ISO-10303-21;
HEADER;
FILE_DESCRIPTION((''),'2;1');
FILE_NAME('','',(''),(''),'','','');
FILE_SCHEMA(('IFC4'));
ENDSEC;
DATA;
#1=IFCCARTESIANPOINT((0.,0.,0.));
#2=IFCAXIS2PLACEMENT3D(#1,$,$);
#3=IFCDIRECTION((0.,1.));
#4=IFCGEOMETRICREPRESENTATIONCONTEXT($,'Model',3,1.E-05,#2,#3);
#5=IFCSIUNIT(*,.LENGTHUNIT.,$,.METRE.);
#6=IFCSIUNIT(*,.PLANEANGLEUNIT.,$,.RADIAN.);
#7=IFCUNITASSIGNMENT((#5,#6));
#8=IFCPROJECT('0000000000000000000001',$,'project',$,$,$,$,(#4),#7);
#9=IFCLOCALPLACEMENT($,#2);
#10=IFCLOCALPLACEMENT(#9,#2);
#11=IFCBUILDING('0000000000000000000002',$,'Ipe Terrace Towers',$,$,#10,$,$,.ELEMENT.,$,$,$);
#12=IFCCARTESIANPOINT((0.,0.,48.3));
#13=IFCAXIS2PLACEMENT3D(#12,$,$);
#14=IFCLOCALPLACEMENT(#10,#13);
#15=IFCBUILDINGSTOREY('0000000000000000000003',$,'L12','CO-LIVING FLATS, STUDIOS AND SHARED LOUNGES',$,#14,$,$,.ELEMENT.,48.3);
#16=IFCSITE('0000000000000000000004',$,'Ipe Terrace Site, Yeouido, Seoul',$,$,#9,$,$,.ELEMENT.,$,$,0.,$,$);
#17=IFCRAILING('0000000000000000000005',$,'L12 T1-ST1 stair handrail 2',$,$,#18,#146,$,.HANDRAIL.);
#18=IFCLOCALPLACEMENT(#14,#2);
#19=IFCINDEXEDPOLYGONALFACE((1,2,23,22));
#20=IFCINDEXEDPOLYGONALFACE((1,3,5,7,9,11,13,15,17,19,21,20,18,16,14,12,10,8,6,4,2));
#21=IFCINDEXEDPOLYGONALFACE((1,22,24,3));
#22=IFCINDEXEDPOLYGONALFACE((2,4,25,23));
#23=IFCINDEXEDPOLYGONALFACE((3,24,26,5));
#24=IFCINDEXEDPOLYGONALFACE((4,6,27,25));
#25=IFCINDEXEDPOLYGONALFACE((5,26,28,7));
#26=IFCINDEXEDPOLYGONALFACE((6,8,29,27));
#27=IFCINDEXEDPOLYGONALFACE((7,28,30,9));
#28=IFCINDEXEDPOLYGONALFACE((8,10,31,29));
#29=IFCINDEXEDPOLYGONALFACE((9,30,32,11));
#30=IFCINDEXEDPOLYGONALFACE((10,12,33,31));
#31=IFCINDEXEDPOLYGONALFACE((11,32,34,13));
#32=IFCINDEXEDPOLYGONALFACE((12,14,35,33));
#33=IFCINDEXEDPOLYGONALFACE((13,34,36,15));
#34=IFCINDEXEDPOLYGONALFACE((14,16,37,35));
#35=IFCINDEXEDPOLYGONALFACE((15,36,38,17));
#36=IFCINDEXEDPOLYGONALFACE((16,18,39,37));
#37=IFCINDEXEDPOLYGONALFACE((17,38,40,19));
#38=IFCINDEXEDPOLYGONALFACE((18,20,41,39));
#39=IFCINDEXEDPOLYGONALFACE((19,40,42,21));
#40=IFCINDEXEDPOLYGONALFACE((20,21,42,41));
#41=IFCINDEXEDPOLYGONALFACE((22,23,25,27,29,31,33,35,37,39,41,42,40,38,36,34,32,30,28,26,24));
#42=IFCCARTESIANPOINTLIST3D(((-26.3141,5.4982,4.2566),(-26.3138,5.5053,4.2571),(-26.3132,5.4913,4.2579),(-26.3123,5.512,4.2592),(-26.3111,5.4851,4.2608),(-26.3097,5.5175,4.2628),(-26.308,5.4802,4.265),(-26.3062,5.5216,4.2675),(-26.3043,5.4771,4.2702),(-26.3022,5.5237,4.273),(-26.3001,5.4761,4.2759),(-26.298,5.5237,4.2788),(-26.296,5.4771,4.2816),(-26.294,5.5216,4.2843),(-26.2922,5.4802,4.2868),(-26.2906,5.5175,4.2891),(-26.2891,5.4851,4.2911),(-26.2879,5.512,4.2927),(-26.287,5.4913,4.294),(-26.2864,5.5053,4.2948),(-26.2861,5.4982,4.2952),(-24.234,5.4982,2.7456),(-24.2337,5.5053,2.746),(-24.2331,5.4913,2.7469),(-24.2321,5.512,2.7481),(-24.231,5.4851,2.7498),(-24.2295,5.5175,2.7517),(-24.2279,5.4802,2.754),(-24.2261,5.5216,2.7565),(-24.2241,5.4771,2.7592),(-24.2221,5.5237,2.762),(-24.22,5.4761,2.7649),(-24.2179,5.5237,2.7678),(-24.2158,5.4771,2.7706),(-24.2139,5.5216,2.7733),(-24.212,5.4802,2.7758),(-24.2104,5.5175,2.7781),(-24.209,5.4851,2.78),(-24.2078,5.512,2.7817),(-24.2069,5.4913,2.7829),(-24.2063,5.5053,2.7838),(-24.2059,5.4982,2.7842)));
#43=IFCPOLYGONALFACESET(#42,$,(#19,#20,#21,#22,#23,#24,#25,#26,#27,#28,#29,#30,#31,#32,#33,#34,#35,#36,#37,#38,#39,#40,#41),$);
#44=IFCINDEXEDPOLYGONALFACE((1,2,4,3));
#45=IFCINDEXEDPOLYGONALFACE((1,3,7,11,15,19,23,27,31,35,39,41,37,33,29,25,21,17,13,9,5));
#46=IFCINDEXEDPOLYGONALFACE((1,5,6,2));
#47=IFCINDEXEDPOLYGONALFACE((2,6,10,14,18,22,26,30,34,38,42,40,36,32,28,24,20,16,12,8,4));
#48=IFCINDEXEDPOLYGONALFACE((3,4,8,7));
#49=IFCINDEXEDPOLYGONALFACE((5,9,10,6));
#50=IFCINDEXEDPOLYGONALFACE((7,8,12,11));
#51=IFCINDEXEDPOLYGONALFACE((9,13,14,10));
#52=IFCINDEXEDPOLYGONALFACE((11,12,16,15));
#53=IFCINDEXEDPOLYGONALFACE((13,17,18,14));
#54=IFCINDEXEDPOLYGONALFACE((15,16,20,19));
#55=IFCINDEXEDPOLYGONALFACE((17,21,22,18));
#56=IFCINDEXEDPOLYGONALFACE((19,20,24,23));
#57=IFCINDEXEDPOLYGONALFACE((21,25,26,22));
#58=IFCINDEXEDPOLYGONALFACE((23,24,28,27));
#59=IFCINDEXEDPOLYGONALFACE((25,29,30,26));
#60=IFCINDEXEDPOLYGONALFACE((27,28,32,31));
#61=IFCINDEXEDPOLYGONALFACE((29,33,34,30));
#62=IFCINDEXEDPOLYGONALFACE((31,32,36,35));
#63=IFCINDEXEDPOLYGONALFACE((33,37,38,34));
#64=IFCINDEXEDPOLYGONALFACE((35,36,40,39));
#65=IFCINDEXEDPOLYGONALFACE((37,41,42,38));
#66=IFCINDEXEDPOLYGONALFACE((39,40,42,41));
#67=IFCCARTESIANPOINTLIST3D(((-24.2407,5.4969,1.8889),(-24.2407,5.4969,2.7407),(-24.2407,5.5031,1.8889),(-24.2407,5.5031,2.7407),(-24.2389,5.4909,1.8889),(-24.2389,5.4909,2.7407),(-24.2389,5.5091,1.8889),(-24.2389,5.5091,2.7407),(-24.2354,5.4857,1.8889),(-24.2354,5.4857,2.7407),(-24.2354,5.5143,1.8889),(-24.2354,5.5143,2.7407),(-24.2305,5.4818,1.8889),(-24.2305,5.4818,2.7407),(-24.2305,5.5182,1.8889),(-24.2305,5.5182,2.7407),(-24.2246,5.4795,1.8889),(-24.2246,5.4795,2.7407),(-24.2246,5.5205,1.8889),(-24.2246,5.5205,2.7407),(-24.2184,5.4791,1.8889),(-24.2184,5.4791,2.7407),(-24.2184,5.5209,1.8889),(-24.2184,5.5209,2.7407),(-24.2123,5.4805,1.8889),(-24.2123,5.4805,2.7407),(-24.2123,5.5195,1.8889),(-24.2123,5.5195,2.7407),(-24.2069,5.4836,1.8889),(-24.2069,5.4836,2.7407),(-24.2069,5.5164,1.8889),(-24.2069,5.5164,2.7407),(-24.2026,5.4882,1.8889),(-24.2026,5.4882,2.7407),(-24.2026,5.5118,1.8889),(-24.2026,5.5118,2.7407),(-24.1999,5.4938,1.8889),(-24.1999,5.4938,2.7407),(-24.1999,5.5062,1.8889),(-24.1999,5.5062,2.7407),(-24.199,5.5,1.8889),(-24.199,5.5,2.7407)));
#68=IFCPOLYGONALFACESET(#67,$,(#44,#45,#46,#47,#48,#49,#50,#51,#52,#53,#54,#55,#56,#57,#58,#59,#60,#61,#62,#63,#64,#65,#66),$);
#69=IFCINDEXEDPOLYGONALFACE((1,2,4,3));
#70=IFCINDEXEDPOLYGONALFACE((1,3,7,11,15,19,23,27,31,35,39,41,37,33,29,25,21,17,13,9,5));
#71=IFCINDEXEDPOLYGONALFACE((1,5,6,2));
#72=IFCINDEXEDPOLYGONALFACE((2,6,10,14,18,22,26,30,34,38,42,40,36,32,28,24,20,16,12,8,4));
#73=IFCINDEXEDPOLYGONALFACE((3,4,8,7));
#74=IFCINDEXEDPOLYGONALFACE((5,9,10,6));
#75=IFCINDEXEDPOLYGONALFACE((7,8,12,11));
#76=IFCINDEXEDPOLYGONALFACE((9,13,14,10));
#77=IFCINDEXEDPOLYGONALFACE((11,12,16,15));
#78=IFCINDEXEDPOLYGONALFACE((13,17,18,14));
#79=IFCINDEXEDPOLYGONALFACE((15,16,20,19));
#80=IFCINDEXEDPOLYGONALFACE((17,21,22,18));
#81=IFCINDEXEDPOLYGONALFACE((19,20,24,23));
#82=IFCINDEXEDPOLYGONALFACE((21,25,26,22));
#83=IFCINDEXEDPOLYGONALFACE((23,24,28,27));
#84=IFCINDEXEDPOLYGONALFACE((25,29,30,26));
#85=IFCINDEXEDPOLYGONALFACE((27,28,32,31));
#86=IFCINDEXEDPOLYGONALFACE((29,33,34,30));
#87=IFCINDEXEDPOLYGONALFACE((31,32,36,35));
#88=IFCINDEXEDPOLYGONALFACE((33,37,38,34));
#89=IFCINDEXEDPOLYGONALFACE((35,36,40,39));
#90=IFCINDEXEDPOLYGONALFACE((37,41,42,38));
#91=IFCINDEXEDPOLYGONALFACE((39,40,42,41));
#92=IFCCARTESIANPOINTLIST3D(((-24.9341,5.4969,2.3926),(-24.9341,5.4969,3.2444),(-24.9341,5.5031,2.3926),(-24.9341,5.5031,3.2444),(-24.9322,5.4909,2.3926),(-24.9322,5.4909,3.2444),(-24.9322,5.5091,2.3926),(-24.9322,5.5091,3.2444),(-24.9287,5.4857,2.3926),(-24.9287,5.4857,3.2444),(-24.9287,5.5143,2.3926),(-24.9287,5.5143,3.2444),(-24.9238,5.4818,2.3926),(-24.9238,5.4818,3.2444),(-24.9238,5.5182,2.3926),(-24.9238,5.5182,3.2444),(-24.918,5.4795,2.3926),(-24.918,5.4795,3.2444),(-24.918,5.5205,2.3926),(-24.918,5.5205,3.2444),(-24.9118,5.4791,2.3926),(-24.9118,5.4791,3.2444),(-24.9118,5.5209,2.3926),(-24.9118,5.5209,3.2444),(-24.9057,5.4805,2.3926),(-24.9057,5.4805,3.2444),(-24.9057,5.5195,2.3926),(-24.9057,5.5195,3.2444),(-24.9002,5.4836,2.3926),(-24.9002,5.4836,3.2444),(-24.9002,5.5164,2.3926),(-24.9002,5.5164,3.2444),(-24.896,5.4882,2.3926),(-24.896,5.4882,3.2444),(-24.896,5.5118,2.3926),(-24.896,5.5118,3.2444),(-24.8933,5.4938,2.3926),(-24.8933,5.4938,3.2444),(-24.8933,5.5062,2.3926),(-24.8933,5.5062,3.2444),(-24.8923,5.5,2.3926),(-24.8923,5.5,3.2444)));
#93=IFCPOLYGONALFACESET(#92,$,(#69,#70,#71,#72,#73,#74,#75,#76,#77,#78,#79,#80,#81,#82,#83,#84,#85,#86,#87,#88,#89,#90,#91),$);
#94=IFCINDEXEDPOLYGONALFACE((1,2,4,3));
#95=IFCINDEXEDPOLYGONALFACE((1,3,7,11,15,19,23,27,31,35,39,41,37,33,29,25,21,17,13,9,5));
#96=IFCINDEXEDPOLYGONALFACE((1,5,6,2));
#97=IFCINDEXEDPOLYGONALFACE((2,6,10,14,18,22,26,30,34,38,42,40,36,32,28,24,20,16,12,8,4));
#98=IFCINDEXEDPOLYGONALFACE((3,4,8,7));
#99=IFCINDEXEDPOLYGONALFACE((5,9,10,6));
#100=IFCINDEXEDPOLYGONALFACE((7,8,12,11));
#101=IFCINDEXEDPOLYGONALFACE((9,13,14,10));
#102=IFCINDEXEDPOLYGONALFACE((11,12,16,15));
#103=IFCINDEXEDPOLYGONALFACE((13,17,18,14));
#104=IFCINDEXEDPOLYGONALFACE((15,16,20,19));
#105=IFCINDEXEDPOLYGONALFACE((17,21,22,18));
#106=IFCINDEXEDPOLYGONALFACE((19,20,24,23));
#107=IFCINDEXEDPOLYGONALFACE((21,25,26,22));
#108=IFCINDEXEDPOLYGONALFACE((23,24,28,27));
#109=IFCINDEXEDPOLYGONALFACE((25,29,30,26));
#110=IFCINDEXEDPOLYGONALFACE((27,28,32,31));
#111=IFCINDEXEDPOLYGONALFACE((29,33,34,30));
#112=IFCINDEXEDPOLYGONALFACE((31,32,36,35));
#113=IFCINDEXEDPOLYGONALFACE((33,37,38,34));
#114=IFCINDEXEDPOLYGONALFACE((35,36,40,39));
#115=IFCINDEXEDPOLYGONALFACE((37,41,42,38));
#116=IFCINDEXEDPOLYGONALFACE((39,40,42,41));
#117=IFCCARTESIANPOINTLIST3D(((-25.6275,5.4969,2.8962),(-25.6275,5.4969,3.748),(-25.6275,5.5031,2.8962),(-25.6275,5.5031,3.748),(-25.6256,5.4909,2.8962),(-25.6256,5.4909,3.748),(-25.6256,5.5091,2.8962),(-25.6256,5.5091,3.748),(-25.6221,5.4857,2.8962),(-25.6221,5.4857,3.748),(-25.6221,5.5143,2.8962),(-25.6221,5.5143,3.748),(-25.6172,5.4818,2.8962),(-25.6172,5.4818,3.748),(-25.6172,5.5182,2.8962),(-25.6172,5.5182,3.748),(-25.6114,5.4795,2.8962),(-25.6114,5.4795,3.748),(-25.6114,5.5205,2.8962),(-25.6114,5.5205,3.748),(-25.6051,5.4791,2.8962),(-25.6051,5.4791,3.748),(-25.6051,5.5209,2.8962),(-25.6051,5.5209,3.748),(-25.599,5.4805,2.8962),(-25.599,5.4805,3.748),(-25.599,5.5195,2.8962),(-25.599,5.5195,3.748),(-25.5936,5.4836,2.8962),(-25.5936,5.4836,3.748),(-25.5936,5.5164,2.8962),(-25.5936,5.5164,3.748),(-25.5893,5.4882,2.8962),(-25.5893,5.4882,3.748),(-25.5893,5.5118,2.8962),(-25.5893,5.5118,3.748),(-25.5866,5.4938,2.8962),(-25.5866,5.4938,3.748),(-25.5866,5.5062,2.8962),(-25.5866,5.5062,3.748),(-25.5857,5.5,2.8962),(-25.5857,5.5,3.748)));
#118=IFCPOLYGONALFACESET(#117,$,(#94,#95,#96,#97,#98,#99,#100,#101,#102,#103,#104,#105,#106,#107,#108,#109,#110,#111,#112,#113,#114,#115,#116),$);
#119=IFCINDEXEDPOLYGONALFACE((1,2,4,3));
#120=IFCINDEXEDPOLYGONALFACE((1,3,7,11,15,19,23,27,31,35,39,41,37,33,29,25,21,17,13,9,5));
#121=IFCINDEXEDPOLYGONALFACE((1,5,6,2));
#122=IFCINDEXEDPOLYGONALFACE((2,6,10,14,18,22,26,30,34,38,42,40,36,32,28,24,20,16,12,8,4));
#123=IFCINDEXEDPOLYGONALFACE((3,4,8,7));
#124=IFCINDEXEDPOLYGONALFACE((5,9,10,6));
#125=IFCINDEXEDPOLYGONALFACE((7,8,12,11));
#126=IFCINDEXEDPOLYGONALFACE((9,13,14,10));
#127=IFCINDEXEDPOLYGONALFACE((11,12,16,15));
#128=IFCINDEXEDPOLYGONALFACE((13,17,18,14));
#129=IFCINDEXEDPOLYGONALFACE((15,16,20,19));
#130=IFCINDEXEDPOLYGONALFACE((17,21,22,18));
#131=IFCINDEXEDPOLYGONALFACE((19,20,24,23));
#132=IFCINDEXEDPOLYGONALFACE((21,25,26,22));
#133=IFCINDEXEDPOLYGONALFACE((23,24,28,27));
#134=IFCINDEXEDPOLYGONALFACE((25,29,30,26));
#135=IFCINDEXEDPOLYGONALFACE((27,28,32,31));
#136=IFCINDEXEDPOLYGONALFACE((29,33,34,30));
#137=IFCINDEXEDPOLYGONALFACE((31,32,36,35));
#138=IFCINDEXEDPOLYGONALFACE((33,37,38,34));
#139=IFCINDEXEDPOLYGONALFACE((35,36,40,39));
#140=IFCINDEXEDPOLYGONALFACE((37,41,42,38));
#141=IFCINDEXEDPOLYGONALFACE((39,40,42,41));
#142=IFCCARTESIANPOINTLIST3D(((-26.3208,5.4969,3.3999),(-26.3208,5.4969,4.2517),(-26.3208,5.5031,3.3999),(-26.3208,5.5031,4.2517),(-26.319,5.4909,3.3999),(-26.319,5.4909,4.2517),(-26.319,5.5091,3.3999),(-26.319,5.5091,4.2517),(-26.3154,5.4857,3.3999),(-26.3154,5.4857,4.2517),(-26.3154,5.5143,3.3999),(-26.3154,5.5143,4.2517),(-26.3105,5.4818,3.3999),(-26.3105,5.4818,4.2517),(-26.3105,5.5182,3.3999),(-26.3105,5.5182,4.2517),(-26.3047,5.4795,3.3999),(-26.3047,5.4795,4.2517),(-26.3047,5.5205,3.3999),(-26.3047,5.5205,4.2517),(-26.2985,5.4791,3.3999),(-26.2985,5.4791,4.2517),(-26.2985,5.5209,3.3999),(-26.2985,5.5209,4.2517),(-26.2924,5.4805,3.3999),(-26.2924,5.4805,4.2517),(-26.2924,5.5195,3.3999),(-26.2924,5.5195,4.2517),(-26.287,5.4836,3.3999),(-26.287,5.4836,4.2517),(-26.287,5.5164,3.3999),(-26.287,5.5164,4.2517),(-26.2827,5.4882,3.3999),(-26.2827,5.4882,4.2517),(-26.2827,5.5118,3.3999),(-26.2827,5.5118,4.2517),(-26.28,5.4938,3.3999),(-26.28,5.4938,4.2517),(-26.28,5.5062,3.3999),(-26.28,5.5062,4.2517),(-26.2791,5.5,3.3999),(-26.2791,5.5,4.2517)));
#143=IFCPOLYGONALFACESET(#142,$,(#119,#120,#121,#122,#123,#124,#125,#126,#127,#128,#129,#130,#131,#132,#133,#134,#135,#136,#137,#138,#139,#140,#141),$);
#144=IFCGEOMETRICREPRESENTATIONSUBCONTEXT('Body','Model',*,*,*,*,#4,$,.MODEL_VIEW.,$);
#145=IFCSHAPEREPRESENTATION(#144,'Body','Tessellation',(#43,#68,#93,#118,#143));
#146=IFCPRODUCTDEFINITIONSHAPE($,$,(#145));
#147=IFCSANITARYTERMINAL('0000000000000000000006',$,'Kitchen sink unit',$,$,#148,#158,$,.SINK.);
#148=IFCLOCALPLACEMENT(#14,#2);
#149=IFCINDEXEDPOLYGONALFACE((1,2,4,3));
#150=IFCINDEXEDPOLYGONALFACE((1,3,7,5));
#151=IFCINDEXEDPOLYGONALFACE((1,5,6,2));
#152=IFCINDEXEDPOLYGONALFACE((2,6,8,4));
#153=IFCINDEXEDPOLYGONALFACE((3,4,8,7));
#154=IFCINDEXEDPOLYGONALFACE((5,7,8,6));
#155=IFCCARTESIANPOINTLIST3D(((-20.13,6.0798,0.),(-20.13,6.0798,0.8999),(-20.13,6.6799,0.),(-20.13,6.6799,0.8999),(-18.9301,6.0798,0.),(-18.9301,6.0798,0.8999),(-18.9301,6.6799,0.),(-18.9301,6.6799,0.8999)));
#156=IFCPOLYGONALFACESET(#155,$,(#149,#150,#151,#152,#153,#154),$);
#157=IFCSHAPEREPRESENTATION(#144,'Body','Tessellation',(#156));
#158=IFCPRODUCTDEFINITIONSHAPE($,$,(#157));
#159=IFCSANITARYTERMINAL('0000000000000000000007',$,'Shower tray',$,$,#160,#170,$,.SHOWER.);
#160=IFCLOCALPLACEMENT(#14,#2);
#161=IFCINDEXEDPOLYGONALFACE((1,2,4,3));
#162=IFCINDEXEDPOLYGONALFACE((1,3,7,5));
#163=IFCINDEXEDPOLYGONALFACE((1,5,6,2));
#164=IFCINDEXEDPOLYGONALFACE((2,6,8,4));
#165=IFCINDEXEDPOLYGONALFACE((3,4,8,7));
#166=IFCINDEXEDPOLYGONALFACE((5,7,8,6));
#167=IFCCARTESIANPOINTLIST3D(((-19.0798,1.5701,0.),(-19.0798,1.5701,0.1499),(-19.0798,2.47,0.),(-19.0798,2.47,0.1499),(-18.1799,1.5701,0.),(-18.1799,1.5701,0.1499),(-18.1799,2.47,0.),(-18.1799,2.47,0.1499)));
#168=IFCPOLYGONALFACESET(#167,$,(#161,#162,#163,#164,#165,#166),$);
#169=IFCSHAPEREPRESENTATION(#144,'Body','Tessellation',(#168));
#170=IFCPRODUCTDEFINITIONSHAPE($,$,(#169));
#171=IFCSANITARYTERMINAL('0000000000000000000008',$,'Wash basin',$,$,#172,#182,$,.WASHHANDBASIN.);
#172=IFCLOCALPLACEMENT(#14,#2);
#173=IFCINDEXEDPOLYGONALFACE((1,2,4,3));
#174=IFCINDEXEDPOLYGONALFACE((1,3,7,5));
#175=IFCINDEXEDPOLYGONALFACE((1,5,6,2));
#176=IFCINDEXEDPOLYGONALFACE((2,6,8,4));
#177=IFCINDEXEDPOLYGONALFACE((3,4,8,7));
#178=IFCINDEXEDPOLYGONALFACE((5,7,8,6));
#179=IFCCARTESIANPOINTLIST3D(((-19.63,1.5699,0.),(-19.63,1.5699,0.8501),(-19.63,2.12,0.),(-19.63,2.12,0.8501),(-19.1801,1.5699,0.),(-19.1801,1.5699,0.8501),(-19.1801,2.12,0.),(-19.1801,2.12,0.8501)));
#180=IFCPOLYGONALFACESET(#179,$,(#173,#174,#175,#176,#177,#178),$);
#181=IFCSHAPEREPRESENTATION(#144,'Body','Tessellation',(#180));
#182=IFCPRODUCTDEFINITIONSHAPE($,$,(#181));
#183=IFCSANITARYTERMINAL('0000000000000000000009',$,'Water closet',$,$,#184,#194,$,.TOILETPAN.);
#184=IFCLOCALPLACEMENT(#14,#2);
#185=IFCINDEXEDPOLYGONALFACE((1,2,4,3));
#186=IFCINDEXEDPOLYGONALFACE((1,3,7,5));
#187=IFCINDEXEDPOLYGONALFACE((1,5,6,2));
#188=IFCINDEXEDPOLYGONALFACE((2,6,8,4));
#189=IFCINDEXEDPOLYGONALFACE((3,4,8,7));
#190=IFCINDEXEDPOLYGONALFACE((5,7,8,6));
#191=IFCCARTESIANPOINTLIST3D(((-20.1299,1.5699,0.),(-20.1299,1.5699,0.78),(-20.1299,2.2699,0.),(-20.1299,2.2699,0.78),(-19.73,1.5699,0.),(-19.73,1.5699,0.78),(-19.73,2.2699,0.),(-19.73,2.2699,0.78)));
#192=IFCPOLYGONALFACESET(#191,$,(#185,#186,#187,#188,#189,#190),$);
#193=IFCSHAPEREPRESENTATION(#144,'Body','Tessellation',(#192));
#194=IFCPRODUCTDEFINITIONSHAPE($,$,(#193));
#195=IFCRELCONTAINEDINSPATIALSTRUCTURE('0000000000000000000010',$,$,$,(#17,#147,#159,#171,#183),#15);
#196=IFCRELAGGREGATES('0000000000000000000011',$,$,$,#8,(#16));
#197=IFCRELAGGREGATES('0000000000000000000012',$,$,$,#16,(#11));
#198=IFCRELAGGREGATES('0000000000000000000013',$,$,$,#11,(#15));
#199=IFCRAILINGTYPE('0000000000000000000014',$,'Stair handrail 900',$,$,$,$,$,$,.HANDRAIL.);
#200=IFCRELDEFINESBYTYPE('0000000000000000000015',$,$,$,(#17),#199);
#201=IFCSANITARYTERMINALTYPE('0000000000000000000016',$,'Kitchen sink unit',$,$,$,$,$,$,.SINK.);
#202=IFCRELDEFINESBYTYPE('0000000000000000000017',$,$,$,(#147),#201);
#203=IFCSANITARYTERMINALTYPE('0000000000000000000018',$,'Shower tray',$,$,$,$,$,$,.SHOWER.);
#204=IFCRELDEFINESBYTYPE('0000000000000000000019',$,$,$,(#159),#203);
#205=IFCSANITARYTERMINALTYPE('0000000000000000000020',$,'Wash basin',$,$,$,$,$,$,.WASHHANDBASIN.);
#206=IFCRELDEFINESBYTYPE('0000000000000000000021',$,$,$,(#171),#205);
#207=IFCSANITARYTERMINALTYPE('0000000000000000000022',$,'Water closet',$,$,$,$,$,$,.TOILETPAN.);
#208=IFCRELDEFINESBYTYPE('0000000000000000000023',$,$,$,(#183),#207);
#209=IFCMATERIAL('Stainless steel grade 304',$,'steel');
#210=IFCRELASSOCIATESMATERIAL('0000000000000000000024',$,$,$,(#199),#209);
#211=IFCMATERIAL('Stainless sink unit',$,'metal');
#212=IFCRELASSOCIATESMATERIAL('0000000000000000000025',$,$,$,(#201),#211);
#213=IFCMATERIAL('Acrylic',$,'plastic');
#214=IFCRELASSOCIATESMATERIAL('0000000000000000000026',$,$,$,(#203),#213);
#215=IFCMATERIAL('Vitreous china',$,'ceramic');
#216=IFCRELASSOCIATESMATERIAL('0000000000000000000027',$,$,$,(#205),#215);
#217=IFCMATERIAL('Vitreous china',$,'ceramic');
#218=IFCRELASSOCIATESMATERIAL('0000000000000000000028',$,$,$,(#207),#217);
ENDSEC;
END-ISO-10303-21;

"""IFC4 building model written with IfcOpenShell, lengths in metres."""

from ifc_helpers import new_model, si_unit, direction, frame, origin, origin_2d, place, context, subcontext, project, spatial, rectangle, circle, extrude, material, type_object, element, save


model = new_model("IFC4")

# Units and contexts
model_context = context("Model", 3, precision=1e-05, world=origin(), true_north=direction((0.0, 1.0)))
body_context = subcontext(model_context, "Body", "Model", "MODEL_VIEW")
ifc_project = project(units=[si_unit("LENGTHUNIT", "METRE"), si_unit("PLANEANGLEUNIT", "RADIAN")], contexts=[model_context])

# Site, building, storey
site_placement = place(None, origin())
site = spatial("IfcSite", under=ifc_project, at=site_placement, Name="Ipe Terrace Site, Yeouido, Seoul", CompositionType="ELEMENT", RefElevation=0.0)
building_placement = place(site_placement, origin())
building = spatial("IfcBuilding", under=site, at=building_placement, Name="Ipe Terrace Towers", CompositionType="ELEMENT")
storey_placement = place(building_placement, frame((0.0, 0.0, 48.3)))
storey = spatial("IfcBuildingStorey", under=building, at=storey_placement, Name="L12", Description="CO-LIVING FLATS, STUDIOS AND SHARED LOUNGES", CompositionType="ELEMENT", Elevation=48.3)

# Railing
ifc_material_1 = material(Name="Stainless steel grade 304", Category="steel")
railing_type = type_object("IfcRailingType", Name="Stair handrail 900", PredefinedType="HANDRAIL", material=ifc_material_1)
railing_1_placement = place(storey_placement, frame((-24.22, 5.5, 1.8889)))
element("IfcRailing", 1, at=railing_1_placement, inside=storey, type_object=railing_type, Name="L12 T1-ST1 stair handrail 2", PredefinedType="HANDRAIL", context=body_context, shape_type="SweptSolid", body=[
    extrude(circle(Radius=0.0239, at=origin_2d()), frame((0.0, 0.0, 0.876), z_axis=(-0.809069, 0.0, 0.587714), x_axis=(0.0, -1.0, 0.0)), (0.0, 0.0, 1.0), 2.571),
    extrude(circle(Radius=0.021, at=origin_2d()), origin(), (0.0, 0.0, 1.0), 0.8518),
    extrude(circle(Radius=0.021, at=origin_2d()), frame((-0.6934, 0.0, 0.5037)), (0.0, 0.0, 1.0), 0.8518),
    extrude(circle(Radius=0.021, at=origin_2d()), frame((-1.3867, 0.0, 1.0073)), (0.0, 0.0, 1.0), 0.8518),
    extrude(circle(Radius=0.021, at=origin_2d()), frame((-2.0801, 0.0, 1.511)), (0.0, 0.0, 1.0), 0.8518),
])

# Sanitary terminals
ifc_material_2 = material(Name="Stainless sink unit", Category="metal")
sanitary_terminal_type_1 = type_object("IfcSanitaryTerminalType", Name="Kitchen sink unit", PredefinedType="SINK", material=ifc_material_2)
sanitary_terminal_1_placement = place(storey_placement, frame((-19.53, 6.3799, 0.0), z_axis=(0.0, 0.0, 1.0), x_axis=(1.0, 0.0, 0.0)))
element("IfcSanitaryTerminal", 2, at=sanitary_terminal_1_placement, inside=storey, type_object=sanitary_terminal_type_1, Name="Kitchen sink unit", PredefinedType="SINK", context=body_context, shape_type="SweptSolid", body=[
    extrude(rectangle(XDim=1.2, YDim=0.6001, at=origin_2d()), origin(), (0.0, 0.0, 1.0), 0.8999),
])
ifc_material_3 = material(Name="Acrylic", Category="plastic")
sanitary_terminal_type_2 = type_object("IfcSanitaryTerminalType", Name="Shower tray", PredefinedType="SHOWER", material=ifc_material_3)
sanitary_terminal_2_placement = place(storey_placement, frame((-18.6299, 2.02, 0.0), z_axis=(0.0, 0.0, 1.0), x_axis=(0.0, 1.0, 0.0)))
element("IfcSanitaryTerminal", 3, at=sanitary_terminal_2_placement, inside=storey, type_object=sanitary_terminal_type_2, Name="Shower tray", PredefinedType="SHOWER", context=body_context, shape_type="SweptSolid", body=[
    extrude(rectangle(XDim=0.8999, YDim=0.8999, at=origin_2d()), origin(), (0.0, 0.0, 1.0), 0.1499),
])
ifc_material_4 = material(Name="Vitreous china", Category="ceramic")
sanitary_terminal_type_3 = type_object("IfcSanitaryTerminalType", Name="Wash basin", PredefinedType="WASHHANDBASIN", material=ifc_material_4)
sanitary_terminal_3_placement = place(storey_placement, frame((-19.405, 1.845, 0.0), z_axis=(0.0, 0.0, 1.0), x_axis=(0.0, 1.0, 0.0)))
element("IfcSanitaryTerminal", 4, at=sanitary_terminal_3_placement, inside=storey, type_object=sanitary_terminal_type_3, Name="Wash basin", PredefinedType="WASHHANDBASIN", context=body_context, shape_type="SweptSolid", body=[
    extrude(rectangle(XDim=0.55, YDim=0.45, at=origin_2d()), origin(), (0.0, 0.0, 1.0), 0.8501),
])
ifc_material_5 = material(Name="Vitreous china", Category="ceramic")
sanitary_terminal_type_4 = type_object("IfcSanitaryTerminalType", Name="Water closet", PredefinedType="TOILETPAN", material=ifc_material_5)
sanitary_terminal_4_placement = place(storey_placement, frame((-19.9299, 1.9199, 0.0), z_axis=(0.0, 0.0, 1.0), x_axis=(0.0, 1.0, 0.0)))
element("IfcSanitaryTerminal", 5, at=sanitary_terminal_4_placement, inside=storey, type_object=sanitary_terminal_type_4, Name="Water closet", PredefinedType="TOILETPAN", context=body_context, shape_type="SweptSolid", body=[
    extrude(rectangle(XDim=0.7, YDim=0.3999, at=origin_2d()), origin(), (0.0, 0.0, 1.0), 0.78),
])

save(model, "model.ifc")
